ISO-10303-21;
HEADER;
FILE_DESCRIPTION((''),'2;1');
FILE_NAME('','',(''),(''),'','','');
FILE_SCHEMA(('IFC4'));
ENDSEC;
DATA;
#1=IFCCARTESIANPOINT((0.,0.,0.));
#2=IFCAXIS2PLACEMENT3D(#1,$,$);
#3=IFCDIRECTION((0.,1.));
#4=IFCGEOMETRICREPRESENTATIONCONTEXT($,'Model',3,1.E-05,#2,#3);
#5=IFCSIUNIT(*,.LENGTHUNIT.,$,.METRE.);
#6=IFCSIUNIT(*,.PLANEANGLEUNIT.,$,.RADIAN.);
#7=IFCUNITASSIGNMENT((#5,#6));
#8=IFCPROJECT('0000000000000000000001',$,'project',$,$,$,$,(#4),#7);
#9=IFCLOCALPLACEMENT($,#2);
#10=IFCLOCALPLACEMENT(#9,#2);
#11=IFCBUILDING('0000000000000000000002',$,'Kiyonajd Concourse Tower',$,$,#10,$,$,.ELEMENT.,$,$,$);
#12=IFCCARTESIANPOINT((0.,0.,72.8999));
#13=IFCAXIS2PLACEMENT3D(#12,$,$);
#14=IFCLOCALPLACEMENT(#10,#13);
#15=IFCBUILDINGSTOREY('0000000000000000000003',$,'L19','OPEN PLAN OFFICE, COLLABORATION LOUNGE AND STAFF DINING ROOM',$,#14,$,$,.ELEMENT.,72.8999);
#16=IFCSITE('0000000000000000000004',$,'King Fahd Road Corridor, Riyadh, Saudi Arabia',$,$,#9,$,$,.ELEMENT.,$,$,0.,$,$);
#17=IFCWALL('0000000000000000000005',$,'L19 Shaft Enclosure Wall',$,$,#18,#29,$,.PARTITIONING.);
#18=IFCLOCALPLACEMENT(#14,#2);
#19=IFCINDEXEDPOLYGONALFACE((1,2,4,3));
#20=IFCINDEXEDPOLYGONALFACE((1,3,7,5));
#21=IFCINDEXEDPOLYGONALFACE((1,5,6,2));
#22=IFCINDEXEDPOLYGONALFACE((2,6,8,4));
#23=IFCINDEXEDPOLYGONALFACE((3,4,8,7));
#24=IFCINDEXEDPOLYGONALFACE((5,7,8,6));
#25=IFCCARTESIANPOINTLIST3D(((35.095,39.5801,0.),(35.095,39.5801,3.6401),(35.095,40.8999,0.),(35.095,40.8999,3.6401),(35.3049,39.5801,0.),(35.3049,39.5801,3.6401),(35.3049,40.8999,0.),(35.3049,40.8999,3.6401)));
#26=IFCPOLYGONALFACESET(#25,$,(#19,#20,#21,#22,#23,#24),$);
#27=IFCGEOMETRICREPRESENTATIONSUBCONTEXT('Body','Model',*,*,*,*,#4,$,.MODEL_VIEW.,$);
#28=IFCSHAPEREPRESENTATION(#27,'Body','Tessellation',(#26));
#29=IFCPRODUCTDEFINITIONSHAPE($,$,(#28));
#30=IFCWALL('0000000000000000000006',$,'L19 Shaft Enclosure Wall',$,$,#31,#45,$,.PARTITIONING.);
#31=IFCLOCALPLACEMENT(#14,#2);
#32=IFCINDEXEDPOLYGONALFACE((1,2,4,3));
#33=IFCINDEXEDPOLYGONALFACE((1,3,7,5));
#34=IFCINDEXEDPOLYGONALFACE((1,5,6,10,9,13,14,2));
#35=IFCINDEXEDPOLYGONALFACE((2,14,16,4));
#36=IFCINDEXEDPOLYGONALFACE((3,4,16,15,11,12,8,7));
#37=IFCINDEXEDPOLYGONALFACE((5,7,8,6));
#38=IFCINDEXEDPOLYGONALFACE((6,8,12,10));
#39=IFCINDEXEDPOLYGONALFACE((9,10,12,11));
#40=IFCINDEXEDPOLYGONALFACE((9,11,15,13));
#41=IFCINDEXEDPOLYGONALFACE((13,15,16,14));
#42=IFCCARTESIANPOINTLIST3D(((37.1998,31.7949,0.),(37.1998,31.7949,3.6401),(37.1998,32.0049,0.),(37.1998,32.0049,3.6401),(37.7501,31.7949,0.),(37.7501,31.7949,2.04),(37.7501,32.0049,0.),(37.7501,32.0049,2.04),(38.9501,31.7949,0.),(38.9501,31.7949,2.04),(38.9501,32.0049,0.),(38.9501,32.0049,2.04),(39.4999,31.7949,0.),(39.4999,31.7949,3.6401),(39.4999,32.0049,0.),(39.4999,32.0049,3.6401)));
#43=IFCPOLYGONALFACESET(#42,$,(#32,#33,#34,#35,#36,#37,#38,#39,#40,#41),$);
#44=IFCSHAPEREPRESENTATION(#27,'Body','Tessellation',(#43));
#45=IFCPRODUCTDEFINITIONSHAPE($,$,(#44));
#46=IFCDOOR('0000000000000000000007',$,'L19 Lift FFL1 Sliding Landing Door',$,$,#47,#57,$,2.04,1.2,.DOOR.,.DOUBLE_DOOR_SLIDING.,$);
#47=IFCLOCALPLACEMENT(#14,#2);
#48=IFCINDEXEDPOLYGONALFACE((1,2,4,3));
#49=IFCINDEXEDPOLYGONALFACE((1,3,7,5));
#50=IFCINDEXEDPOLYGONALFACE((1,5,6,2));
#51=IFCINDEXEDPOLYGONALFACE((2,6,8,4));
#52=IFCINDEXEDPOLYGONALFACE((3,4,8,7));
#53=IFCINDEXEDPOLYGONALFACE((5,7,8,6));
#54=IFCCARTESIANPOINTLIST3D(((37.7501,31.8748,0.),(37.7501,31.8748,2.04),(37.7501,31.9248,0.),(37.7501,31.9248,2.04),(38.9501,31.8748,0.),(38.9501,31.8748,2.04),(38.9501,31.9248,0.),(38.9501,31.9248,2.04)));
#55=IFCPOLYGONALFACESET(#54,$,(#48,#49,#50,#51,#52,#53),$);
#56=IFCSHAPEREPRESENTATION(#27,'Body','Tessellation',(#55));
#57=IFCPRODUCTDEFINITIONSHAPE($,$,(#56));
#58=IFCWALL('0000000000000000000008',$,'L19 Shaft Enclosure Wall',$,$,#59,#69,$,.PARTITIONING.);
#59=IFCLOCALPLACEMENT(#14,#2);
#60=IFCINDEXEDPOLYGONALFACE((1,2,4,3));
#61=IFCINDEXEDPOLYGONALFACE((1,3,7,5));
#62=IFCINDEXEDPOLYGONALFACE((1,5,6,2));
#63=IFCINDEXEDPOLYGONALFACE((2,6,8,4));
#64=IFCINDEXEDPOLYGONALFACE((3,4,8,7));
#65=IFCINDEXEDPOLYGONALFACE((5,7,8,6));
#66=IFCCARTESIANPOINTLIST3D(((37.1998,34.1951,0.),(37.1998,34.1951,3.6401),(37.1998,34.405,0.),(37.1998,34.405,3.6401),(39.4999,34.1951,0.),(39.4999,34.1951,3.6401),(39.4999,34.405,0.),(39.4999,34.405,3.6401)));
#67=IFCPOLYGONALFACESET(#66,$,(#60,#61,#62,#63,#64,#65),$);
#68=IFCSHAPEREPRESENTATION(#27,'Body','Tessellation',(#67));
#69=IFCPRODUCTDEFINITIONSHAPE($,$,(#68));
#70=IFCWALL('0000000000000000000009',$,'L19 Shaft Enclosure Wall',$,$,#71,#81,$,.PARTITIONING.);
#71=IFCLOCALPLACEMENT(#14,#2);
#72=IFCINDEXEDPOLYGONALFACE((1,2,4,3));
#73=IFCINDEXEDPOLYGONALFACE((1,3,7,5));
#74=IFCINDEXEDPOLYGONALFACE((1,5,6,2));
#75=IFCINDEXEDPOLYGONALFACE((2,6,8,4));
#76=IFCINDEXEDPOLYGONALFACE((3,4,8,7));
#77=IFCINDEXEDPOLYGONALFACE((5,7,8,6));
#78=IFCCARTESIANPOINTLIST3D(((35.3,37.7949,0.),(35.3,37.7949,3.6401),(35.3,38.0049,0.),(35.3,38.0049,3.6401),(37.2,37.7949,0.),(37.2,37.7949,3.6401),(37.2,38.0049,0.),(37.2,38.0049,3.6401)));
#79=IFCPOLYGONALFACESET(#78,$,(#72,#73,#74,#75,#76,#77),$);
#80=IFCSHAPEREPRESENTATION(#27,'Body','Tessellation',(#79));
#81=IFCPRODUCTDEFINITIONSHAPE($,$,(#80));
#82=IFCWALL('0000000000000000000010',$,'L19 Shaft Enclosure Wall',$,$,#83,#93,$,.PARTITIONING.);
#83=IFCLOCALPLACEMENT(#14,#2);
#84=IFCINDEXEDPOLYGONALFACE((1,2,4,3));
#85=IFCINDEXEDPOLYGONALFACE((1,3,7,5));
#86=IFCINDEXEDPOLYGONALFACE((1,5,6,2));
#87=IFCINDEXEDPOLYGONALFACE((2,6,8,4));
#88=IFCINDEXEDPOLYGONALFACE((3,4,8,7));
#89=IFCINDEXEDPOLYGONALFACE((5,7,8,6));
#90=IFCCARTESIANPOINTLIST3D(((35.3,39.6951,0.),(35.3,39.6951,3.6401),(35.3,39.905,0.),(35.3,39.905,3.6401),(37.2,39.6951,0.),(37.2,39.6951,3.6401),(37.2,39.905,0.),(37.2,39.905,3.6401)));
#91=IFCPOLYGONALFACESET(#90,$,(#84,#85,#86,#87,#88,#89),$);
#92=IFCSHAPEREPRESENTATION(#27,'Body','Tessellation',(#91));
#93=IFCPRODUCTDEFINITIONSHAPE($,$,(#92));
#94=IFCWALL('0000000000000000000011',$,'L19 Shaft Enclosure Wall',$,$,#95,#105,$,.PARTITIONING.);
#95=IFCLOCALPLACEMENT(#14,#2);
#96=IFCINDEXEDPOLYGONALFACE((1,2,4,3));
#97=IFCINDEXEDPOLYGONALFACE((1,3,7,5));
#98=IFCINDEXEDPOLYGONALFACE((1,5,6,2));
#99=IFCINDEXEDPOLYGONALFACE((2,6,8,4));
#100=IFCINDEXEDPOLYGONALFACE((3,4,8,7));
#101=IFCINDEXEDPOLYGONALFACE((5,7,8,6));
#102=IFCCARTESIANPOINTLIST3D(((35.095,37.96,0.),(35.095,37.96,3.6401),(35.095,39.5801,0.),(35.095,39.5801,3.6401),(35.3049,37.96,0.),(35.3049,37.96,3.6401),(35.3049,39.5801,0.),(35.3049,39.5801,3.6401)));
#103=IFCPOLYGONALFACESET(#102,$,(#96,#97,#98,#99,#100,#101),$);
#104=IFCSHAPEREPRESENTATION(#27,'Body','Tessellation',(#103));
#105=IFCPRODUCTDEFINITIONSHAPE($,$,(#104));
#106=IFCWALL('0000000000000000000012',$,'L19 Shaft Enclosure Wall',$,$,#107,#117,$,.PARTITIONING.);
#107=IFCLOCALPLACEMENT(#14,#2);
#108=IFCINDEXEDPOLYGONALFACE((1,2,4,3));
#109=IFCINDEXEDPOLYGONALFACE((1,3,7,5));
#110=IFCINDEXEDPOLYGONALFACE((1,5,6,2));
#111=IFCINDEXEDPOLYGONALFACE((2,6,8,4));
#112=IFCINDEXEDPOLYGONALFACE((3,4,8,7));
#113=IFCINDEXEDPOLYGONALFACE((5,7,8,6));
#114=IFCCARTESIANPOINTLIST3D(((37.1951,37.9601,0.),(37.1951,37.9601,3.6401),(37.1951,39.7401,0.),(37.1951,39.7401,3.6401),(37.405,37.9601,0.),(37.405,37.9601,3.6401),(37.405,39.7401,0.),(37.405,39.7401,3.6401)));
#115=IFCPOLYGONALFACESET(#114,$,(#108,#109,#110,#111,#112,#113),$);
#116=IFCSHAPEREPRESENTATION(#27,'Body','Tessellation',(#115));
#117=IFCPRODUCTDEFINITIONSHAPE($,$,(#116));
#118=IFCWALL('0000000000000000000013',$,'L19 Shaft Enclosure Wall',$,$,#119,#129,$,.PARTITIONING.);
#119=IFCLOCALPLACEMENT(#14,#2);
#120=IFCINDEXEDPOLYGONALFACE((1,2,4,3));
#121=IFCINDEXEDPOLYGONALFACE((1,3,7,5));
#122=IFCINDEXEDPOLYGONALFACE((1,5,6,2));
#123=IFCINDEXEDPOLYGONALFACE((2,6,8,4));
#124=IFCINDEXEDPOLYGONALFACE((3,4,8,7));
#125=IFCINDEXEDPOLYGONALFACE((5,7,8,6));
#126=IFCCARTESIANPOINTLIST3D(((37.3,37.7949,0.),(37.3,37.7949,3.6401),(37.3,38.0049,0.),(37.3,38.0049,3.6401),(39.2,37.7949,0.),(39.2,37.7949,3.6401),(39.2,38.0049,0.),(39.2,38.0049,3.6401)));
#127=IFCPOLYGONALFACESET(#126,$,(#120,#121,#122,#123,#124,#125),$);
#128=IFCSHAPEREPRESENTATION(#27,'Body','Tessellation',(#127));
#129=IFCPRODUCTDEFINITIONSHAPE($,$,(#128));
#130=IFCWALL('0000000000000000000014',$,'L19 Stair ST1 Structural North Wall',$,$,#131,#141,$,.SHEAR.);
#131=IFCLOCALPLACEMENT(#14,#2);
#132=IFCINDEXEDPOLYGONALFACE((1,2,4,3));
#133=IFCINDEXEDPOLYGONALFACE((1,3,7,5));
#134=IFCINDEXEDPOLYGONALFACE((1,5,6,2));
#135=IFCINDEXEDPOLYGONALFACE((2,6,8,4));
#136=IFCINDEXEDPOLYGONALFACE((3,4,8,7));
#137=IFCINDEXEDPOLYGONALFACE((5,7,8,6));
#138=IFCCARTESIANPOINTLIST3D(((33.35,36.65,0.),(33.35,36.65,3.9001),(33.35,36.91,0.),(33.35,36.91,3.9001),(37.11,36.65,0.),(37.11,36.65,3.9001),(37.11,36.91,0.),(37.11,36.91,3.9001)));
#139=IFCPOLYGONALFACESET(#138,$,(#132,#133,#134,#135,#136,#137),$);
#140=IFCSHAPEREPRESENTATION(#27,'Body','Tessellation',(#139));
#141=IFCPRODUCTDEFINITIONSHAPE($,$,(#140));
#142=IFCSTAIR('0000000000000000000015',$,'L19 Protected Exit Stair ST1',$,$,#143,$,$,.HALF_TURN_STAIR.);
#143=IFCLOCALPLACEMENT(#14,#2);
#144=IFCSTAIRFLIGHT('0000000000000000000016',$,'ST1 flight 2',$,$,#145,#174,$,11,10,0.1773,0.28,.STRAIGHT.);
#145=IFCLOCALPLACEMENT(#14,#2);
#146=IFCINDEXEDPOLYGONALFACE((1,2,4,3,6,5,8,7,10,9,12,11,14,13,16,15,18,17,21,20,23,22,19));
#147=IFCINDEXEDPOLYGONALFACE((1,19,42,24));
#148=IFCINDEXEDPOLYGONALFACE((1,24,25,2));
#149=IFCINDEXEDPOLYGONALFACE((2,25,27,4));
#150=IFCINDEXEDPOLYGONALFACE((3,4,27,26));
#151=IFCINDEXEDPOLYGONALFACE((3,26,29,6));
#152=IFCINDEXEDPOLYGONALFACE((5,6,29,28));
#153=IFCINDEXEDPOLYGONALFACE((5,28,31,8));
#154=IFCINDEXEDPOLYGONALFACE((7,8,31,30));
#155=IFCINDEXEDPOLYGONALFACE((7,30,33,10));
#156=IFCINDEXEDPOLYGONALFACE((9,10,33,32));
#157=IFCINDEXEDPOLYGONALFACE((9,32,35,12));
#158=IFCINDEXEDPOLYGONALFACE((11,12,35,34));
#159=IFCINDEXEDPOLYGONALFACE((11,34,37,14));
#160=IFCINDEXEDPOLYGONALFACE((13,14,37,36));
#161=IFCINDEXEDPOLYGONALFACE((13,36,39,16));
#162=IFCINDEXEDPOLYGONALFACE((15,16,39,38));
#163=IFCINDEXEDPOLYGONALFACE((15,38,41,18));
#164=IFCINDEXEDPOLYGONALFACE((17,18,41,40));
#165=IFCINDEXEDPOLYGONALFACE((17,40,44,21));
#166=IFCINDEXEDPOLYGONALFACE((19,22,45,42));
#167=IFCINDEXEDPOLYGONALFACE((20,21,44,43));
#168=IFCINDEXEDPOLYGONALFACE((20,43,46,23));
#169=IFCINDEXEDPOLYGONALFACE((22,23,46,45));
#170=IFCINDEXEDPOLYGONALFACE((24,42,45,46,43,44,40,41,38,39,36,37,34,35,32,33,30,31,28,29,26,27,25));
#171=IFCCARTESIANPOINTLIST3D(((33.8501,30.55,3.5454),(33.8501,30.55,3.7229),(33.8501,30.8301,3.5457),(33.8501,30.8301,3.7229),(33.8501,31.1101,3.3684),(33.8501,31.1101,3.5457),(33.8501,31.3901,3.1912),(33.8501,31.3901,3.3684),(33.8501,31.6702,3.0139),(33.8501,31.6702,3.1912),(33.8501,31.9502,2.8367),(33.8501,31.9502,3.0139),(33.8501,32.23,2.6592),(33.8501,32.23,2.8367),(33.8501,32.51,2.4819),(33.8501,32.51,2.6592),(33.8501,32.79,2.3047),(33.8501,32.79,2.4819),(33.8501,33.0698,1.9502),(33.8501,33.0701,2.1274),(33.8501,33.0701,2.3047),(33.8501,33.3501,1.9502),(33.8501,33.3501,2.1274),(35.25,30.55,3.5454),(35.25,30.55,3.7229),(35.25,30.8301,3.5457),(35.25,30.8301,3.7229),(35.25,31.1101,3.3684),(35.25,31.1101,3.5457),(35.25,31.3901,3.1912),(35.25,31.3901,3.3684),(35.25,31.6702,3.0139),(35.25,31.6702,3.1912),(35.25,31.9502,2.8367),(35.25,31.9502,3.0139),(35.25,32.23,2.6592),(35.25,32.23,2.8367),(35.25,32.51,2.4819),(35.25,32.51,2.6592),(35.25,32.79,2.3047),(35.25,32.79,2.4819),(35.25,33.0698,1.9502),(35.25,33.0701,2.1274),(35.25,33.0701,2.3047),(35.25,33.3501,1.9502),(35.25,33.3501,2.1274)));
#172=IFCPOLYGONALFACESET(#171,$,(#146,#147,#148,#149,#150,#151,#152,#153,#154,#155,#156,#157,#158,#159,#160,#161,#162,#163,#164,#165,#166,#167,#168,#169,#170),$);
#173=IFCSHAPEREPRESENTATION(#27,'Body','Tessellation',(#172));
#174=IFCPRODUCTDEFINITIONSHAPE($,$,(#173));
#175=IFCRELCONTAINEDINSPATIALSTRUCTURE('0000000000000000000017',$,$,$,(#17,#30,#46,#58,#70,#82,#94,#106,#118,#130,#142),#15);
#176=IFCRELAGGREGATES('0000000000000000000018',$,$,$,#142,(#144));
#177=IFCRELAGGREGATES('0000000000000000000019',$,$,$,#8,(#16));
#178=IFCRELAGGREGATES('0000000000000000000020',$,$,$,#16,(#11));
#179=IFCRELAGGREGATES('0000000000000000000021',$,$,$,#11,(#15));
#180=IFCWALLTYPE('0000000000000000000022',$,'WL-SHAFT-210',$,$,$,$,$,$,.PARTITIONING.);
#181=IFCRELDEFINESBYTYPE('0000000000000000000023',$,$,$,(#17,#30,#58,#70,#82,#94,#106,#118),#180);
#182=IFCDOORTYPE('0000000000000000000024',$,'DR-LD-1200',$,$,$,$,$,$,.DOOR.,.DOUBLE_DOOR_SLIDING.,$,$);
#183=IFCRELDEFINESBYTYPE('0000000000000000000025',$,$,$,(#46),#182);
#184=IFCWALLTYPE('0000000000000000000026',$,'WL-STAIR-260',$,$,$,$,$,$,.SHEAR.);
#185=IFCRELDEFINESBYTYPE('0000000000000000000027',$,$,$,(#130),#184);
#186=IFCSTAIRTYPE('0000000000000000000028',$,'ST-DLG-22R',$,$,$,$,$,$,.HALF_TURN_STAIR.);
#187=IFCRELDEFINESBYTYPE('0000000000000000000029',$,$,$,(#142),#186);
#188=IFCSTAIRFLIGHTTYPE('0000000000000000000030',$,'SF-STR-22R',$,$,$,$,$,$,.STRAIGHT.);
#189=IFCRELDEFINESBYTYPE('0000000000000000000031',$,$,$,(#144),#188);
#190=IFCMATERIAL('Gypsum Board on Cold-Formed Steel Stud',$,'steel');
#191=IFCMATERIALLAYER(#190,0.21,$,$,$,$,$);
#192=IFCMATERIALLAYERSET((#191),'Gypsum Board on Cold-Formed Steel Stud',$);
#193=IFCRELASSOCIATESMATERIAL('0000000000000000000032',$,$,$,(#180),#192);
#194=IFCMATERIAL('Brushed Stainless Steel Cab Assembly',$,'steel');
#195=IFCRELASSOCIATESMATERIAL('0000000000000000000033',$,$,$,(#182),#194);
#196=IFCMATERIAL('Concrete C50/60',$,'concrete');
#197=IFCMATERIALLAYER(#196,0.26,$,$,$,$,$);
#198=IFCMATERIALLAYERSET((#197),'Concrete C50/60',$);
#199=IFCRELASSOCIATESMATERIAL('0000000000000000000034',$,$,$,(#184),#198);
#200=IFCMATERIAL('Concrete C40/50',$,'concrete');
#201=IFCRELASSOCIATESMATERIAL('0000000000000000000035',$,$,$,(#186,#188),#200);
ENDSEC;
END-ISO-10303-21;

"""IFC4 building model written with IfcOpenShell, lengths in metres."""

from ifc_helpers import new_model, si_unit, direction, frame, frame_2d, origin, place, context, subcontext, project, spatial, polyline, rectangle, outline, extrude, material, layer, layer_set, type_object, element, fill, aggregate, save


model = new_model("IFC4")

# Units and contexts
model_context = context("Model", 3, precision=1e-05, world=origin(), true_north=direction((0.0, 1.0)))
body_context = subcontext(model_context, "Body", "Model", "MODEL_VIEW")
ifc_project = project(units=[si_unit("LENGTHUNIT", "METRE"), si_unit("PLANEANGLEUNIT", "RADIAN")], contexts=[model_context])

# Site, building, storey
site_placement = place(None, origin())
site = spatial("IfcSite", under=ifc_project, at=site_placement, Name="King Fahd Road Corridor, Riyadh, Saudi Arabia", CompositionType="ELEMENT", RefElevation=0.0)
building_placement = place(site_placement, origin())
building = spatial("IfcBuilding", under=site, at=building_placement, Name="Kiyonajd Concourse Tower", CompositionType="ELEMENT")
storey_placement = place(building_placement, frame((0.0, 0.0, 72.8999)))
storey = spatial("IfcBuildingStorey", under=building, at=storey_placement, Name="L19", Description="OPEN PLAN OFFICE, COLLABORATION LOUNGE AND STAFF DINING ROOM", CompositionType="ELEMENT", Elevation=72.8999)

# Wall
ifc_material_1 = material(Name="Gypsum Board on Cold-Formed Steel Stud", Category="steel")
ifc_layer_1 = layer(ifc_material_1, 0.21)
ifc_layer_set_1 = layer_set([ifc_layer_1], Name="Gypsum Board on Cold-Formed Steel Stud")
wall_type_1 = type_object("IfcWallType", Name="WL-SHAFT-210", PredefinedType="PARTITIONING", material=ifc_layer_set_1)
wall_1_placement = place(storey_placement, frame((35.2, 39.5801, 0.0), z_axis=(0.0, 0.0, 1.0), x_axis=(0.0, 1.0, 0.0)))
element("IfcWall", 1, at=wall_1_placement, inside=storey, type_object=wall_type_1, Name="L19 Shaft Enclosure Wall", PredefinedType="PARTITIONING", context=body_context, shape_type="SweptSolid", body=[
    extrude(rectangle(XDim=1.3198, YDim=0.21, at=frame_2d((0.6599, 0.0))), origin(), (0.0, 0.0, 1.0), 3.6401),
])

# Wall, opening, door
wall_2_placement = place(storey_placement, frame((37.2, 31.8999, 0.0), z_axis=(0.0, 0.0, 1.0), x_axis=(1.0, 0.0, 0.0)))
wall_2 = element("IfcWall", 2, at=wall_2_placement, inside=storey, type_object=wall_type_1, Name="L19 Shaft Enclosure Wall", PredefinedType="PARTITIONING", context=body_context, shape_type="SweptSolid", body=[
    extrude(rectangle(XDim=2.3, YDim=0.21, at=frame_2d((1.1499, 0.0))), origin(), (0.0, 0.0, 1.0), 3.6401),
])
opening_1_placement = place(wall_2_placement, frame((0.55, 0.0, 0.0)))
opening_1 = element("IfcOpeningElement", 3, at=opening_1_placement, cuts=wall_2, PredefinedType="OPENING", context=body_context, shape_type="SweptSolid", body=[
    extrude(rectangle(XDim=1.2, YDim=2.04, at=frame_2d((0.6001, 1.02))), frame((0.0, 0.115, 0.0), z_axis=(0.0, -1.0, 0.0), x_axis=(1.0, 0.0, 0.0)), (0.0, 0.0, 1.0), 0.23),
])
ifc_material_2 = material(Name="Brushed Stainless Steel Cab Assembly", Category="steel")
door_type = type_object("IfcDoorType", Name="DR-LD-1200", OperationType="DOUBLE_DOOR_SLIDING", PredefinedType="DOOR", material=ifc_material_2)
door_placement = place(opening_1_placement, origin())
door = element("IfcDoor", 4, at=door_placement, inside=storey, type_object=door_type, Name="L19 Lift FFL1 Sliding Landing Door", OperationType="DOUBLE_DOOR_SLIDING", OverallHeight=2.04, OverallWidth=1.2, PredefinedType="DOOR", context=body_context, shape_type="SweptSolid", body=[
    extrude(rectangle(XDim=1.2, YDim=2.04, at=frame_2d((0.6001, 1.02))), frame((0.0, 0.0249, 0.0), z_axis=(0.0, -1.0, 0.0), x_axis=(1.0, 0.0, 0.0)), (0.0, 0.0, 1.0), 0.05),
])
fill(opening_1, door)

# Walls
wall_3_placement = place(storey_placement, frame((37.2, 34.3, 0.0), z_axis=(0.0, 0.0, 1.0), x_axis=(1.0, 0.0, 0.0)))
element("IfcWall", 5, at=wall_3_placement, inside=storey, type_object=wall_type_1, Name="L19 Shaft Enclosure Wall", PredefinedType="PARTITIONING", context=body_context, shape_type="SweptSolid", body=[
    extrude(rectangle(XDim=2.3, YDim=0.21, at=frame_2d((1.1499, 0.0))), origin(), (0.0, 0.0, 1.0), 3.6401),
])
for number, where, z_axis, x_axis, name in (
    (6, (35.3, 37.8999, 0.0), (0.0, 0.0, 1.0), (1.0, 0.0, 0.0), "L19 Shaft Enclosure Wall"),
    (7, (35.3, 39.8, 0.0), (0.0, 0.0, 1.0), (1.0, 0.0, 0.0), "L19 Shaft Enclosure Wall"),
):
    element("IfcWall", number, at=place(storey_placement, frame(where, z_axis=z_axis, x_axis=x_axis)), inside=storey, type_object=wall_type_1, Name=name, PredefinedType="PARTITIONING", context=body_context, shape_type="SweptSolid", body=[
        extrude(rectangle(XDim=1.8999, YDim=0.21, at=frame_2d((0.95, 0.0))), origin(), (0.0, 0.0, 1.0), 3.6401),
    ])
wall_4_placement = place(storey_placement, frame((35.2, 37.96, 0.0), z_axis=(0.0, 0.0, 1.0), x_axis=(0.0, 1.0, 0.0)))
element("IfcWall", 8, at=wall_4_placement, inside=storey, type_object=wall_type_1, Name="L19 Shaft Enclosure Wall", PredefinedType="PARTITIONING", context=body_context, shape_type="SweptSolid", body=[
    extrude(rectangle(XDim=1.6201, YDim=0.21, at=frame_2d((0.8101, 0.0))), origin(), (0.0, 0.0, 1.0), 3.6401),
])
wall_5_placement = place(storey_placement, frame((37.3, 37.96, 0.0), z_axis=(0.0, 0.0, 1.0), x_axis=(0.0, 1.0, 0.0)))
element("IfcWall", 9, at=wall_5_placement, inside=storey, type_object=wall_type_1, Name="L19 Shaft Enclosure Wall", PredefinedType="PARTITIONING", context=body_context, shape_type="SweptSolid", body=[
    extrude(rectangle(XDim=1.78, YDim=0.21, at=frame_2d((0.8901, 0.0))), origin(), (0.0, 0.0, 1.0), 3.6401),
])
wall_6_placement = place(storey_placement, frame((37.3, 37.8999, 0.0), z_axis=(0.0, 0.0, 1.0), x_axis=(1.0, 0.0, 0.0)))
element("IfcWall", 10, at=wall_6_placement, inside=storey, type_object=wall_type_1, Name="L19 Shaft Enclosure Wall", PredefinedType="PARTITIONING", context=body_context, shape_type="SweptSolid", body=[
    extrude(rectangle(XDim=1.8999, YDim=0.21, at=frame_2d((0.95, 0.0))), origin(), (0.0, 0.0, 1.0), 3.6401),
])
ifc_material_3 = material(Name="Concrete C50/60", Category="concrete")
ifc_layer_2 = layer(ifc_material_3, 0.26)
ifc_layer_set_2 = layer_set([ifc_layer_2], Name="Concrete C50/60")
wall_type_2 = type_object("IfcWallType", Name="WL-STAIR-260", PredefinedType="SHEAR", material=ifc_layer_set_2)
wall_7_placement = place(storey_placement, frame((33.3501, 36.78, 0.0), z_axis=(0.0, 0.0, 1.0), x_axis=(1.0, 0.0, 0.0)))
element("IfcWall", 11, at=wall_7_placement, inside=storey, type_object=wall_type_2, Name="L19 Stair ST1 Structural North Wall", PredefinedType="SHEAR", context=body_context, shape_type="SweptSolid", body=[
    extrude(rectangle(XDim=3.76, YDim=0.26, at=frame_2d((1.8799, 0.0))), origin(), (0.0, 0.0, 1.0), 3.9001),
])

# Stair, stair flight
ifc_material_4 = material(Name="Concrete C40/50", Category="concrete")
stair_type = type_object("IfcStairType", Name="ST-DLG-22R", PredefinedType="HALF_TURN_STAIR", material=ifc_material_4)
stair_placement = place(storey_placement, origin())
stair = element("IfcStair", 12, at=stair_placement, inside=storey, type_object=stair_type, Name="L19 Protected Exit Stair ST1", PredefinedType="HALF_TURN_STAIR")
stair_flight_type = type_object("IfcStairFlightType", Name="SF-STR-22R", PredefinedType="STRAIGHT", material=ifc_material_4)
stair_flight_placement = place(storey_placement, frame((34.55, 33.3501, 1.9502), z_axis=(0.0, 0.0, 1.0), x_axis=(0.0, -1.0, 0.0)))
stair_flight = element("IfcStairFlight", 13, at=stair_flight_placement, type_object=stair_flight_type, Name="ST1 flight 2", NumberOfRisers=11, NumberOfTreads=10, PredefinedType="STRAIGHT", RiserHeight=0.1773, TreadLength=0.28, context=body_context, shape_type="SweptSolid", body=[
    extrude(outline(polyline([(0.0, 0.0), (0.0, 0.1772), (0.28, 0.1772), (0.28, 0.3545), (0.5601, 0.3545), (0.5601, 0.5317), (0.8401, 0.5317), (0.8401, 0.709), (1.1201, 0.709), (1.1201, 0.8865), (1.3999, 0.8865), (1.3999, 1.0637), (1.6799, 1.0637), (1.6799, 1.241), (1.96, 1.241), (1.96, 1.4182), (2.24, 1.4182), (2.24, 1.5955), (2.52, 1.5955), (2.52, 1.7727), (2.8, 1.7727), (2.8, 1.95), (2.8, 1.5952), (0.2803, 0.0), (0.0, 0.0)])), frame((0.0, 0.7, 0.0), z_axis=(0.0, -1.0, 0.0), x_axis=(1.0, 0.0, 0.0)), (0.0, 0.0, 1.0), 1.3999),
])
aggregate(stair, [stair_flight])

save(model, "model.ifc")
